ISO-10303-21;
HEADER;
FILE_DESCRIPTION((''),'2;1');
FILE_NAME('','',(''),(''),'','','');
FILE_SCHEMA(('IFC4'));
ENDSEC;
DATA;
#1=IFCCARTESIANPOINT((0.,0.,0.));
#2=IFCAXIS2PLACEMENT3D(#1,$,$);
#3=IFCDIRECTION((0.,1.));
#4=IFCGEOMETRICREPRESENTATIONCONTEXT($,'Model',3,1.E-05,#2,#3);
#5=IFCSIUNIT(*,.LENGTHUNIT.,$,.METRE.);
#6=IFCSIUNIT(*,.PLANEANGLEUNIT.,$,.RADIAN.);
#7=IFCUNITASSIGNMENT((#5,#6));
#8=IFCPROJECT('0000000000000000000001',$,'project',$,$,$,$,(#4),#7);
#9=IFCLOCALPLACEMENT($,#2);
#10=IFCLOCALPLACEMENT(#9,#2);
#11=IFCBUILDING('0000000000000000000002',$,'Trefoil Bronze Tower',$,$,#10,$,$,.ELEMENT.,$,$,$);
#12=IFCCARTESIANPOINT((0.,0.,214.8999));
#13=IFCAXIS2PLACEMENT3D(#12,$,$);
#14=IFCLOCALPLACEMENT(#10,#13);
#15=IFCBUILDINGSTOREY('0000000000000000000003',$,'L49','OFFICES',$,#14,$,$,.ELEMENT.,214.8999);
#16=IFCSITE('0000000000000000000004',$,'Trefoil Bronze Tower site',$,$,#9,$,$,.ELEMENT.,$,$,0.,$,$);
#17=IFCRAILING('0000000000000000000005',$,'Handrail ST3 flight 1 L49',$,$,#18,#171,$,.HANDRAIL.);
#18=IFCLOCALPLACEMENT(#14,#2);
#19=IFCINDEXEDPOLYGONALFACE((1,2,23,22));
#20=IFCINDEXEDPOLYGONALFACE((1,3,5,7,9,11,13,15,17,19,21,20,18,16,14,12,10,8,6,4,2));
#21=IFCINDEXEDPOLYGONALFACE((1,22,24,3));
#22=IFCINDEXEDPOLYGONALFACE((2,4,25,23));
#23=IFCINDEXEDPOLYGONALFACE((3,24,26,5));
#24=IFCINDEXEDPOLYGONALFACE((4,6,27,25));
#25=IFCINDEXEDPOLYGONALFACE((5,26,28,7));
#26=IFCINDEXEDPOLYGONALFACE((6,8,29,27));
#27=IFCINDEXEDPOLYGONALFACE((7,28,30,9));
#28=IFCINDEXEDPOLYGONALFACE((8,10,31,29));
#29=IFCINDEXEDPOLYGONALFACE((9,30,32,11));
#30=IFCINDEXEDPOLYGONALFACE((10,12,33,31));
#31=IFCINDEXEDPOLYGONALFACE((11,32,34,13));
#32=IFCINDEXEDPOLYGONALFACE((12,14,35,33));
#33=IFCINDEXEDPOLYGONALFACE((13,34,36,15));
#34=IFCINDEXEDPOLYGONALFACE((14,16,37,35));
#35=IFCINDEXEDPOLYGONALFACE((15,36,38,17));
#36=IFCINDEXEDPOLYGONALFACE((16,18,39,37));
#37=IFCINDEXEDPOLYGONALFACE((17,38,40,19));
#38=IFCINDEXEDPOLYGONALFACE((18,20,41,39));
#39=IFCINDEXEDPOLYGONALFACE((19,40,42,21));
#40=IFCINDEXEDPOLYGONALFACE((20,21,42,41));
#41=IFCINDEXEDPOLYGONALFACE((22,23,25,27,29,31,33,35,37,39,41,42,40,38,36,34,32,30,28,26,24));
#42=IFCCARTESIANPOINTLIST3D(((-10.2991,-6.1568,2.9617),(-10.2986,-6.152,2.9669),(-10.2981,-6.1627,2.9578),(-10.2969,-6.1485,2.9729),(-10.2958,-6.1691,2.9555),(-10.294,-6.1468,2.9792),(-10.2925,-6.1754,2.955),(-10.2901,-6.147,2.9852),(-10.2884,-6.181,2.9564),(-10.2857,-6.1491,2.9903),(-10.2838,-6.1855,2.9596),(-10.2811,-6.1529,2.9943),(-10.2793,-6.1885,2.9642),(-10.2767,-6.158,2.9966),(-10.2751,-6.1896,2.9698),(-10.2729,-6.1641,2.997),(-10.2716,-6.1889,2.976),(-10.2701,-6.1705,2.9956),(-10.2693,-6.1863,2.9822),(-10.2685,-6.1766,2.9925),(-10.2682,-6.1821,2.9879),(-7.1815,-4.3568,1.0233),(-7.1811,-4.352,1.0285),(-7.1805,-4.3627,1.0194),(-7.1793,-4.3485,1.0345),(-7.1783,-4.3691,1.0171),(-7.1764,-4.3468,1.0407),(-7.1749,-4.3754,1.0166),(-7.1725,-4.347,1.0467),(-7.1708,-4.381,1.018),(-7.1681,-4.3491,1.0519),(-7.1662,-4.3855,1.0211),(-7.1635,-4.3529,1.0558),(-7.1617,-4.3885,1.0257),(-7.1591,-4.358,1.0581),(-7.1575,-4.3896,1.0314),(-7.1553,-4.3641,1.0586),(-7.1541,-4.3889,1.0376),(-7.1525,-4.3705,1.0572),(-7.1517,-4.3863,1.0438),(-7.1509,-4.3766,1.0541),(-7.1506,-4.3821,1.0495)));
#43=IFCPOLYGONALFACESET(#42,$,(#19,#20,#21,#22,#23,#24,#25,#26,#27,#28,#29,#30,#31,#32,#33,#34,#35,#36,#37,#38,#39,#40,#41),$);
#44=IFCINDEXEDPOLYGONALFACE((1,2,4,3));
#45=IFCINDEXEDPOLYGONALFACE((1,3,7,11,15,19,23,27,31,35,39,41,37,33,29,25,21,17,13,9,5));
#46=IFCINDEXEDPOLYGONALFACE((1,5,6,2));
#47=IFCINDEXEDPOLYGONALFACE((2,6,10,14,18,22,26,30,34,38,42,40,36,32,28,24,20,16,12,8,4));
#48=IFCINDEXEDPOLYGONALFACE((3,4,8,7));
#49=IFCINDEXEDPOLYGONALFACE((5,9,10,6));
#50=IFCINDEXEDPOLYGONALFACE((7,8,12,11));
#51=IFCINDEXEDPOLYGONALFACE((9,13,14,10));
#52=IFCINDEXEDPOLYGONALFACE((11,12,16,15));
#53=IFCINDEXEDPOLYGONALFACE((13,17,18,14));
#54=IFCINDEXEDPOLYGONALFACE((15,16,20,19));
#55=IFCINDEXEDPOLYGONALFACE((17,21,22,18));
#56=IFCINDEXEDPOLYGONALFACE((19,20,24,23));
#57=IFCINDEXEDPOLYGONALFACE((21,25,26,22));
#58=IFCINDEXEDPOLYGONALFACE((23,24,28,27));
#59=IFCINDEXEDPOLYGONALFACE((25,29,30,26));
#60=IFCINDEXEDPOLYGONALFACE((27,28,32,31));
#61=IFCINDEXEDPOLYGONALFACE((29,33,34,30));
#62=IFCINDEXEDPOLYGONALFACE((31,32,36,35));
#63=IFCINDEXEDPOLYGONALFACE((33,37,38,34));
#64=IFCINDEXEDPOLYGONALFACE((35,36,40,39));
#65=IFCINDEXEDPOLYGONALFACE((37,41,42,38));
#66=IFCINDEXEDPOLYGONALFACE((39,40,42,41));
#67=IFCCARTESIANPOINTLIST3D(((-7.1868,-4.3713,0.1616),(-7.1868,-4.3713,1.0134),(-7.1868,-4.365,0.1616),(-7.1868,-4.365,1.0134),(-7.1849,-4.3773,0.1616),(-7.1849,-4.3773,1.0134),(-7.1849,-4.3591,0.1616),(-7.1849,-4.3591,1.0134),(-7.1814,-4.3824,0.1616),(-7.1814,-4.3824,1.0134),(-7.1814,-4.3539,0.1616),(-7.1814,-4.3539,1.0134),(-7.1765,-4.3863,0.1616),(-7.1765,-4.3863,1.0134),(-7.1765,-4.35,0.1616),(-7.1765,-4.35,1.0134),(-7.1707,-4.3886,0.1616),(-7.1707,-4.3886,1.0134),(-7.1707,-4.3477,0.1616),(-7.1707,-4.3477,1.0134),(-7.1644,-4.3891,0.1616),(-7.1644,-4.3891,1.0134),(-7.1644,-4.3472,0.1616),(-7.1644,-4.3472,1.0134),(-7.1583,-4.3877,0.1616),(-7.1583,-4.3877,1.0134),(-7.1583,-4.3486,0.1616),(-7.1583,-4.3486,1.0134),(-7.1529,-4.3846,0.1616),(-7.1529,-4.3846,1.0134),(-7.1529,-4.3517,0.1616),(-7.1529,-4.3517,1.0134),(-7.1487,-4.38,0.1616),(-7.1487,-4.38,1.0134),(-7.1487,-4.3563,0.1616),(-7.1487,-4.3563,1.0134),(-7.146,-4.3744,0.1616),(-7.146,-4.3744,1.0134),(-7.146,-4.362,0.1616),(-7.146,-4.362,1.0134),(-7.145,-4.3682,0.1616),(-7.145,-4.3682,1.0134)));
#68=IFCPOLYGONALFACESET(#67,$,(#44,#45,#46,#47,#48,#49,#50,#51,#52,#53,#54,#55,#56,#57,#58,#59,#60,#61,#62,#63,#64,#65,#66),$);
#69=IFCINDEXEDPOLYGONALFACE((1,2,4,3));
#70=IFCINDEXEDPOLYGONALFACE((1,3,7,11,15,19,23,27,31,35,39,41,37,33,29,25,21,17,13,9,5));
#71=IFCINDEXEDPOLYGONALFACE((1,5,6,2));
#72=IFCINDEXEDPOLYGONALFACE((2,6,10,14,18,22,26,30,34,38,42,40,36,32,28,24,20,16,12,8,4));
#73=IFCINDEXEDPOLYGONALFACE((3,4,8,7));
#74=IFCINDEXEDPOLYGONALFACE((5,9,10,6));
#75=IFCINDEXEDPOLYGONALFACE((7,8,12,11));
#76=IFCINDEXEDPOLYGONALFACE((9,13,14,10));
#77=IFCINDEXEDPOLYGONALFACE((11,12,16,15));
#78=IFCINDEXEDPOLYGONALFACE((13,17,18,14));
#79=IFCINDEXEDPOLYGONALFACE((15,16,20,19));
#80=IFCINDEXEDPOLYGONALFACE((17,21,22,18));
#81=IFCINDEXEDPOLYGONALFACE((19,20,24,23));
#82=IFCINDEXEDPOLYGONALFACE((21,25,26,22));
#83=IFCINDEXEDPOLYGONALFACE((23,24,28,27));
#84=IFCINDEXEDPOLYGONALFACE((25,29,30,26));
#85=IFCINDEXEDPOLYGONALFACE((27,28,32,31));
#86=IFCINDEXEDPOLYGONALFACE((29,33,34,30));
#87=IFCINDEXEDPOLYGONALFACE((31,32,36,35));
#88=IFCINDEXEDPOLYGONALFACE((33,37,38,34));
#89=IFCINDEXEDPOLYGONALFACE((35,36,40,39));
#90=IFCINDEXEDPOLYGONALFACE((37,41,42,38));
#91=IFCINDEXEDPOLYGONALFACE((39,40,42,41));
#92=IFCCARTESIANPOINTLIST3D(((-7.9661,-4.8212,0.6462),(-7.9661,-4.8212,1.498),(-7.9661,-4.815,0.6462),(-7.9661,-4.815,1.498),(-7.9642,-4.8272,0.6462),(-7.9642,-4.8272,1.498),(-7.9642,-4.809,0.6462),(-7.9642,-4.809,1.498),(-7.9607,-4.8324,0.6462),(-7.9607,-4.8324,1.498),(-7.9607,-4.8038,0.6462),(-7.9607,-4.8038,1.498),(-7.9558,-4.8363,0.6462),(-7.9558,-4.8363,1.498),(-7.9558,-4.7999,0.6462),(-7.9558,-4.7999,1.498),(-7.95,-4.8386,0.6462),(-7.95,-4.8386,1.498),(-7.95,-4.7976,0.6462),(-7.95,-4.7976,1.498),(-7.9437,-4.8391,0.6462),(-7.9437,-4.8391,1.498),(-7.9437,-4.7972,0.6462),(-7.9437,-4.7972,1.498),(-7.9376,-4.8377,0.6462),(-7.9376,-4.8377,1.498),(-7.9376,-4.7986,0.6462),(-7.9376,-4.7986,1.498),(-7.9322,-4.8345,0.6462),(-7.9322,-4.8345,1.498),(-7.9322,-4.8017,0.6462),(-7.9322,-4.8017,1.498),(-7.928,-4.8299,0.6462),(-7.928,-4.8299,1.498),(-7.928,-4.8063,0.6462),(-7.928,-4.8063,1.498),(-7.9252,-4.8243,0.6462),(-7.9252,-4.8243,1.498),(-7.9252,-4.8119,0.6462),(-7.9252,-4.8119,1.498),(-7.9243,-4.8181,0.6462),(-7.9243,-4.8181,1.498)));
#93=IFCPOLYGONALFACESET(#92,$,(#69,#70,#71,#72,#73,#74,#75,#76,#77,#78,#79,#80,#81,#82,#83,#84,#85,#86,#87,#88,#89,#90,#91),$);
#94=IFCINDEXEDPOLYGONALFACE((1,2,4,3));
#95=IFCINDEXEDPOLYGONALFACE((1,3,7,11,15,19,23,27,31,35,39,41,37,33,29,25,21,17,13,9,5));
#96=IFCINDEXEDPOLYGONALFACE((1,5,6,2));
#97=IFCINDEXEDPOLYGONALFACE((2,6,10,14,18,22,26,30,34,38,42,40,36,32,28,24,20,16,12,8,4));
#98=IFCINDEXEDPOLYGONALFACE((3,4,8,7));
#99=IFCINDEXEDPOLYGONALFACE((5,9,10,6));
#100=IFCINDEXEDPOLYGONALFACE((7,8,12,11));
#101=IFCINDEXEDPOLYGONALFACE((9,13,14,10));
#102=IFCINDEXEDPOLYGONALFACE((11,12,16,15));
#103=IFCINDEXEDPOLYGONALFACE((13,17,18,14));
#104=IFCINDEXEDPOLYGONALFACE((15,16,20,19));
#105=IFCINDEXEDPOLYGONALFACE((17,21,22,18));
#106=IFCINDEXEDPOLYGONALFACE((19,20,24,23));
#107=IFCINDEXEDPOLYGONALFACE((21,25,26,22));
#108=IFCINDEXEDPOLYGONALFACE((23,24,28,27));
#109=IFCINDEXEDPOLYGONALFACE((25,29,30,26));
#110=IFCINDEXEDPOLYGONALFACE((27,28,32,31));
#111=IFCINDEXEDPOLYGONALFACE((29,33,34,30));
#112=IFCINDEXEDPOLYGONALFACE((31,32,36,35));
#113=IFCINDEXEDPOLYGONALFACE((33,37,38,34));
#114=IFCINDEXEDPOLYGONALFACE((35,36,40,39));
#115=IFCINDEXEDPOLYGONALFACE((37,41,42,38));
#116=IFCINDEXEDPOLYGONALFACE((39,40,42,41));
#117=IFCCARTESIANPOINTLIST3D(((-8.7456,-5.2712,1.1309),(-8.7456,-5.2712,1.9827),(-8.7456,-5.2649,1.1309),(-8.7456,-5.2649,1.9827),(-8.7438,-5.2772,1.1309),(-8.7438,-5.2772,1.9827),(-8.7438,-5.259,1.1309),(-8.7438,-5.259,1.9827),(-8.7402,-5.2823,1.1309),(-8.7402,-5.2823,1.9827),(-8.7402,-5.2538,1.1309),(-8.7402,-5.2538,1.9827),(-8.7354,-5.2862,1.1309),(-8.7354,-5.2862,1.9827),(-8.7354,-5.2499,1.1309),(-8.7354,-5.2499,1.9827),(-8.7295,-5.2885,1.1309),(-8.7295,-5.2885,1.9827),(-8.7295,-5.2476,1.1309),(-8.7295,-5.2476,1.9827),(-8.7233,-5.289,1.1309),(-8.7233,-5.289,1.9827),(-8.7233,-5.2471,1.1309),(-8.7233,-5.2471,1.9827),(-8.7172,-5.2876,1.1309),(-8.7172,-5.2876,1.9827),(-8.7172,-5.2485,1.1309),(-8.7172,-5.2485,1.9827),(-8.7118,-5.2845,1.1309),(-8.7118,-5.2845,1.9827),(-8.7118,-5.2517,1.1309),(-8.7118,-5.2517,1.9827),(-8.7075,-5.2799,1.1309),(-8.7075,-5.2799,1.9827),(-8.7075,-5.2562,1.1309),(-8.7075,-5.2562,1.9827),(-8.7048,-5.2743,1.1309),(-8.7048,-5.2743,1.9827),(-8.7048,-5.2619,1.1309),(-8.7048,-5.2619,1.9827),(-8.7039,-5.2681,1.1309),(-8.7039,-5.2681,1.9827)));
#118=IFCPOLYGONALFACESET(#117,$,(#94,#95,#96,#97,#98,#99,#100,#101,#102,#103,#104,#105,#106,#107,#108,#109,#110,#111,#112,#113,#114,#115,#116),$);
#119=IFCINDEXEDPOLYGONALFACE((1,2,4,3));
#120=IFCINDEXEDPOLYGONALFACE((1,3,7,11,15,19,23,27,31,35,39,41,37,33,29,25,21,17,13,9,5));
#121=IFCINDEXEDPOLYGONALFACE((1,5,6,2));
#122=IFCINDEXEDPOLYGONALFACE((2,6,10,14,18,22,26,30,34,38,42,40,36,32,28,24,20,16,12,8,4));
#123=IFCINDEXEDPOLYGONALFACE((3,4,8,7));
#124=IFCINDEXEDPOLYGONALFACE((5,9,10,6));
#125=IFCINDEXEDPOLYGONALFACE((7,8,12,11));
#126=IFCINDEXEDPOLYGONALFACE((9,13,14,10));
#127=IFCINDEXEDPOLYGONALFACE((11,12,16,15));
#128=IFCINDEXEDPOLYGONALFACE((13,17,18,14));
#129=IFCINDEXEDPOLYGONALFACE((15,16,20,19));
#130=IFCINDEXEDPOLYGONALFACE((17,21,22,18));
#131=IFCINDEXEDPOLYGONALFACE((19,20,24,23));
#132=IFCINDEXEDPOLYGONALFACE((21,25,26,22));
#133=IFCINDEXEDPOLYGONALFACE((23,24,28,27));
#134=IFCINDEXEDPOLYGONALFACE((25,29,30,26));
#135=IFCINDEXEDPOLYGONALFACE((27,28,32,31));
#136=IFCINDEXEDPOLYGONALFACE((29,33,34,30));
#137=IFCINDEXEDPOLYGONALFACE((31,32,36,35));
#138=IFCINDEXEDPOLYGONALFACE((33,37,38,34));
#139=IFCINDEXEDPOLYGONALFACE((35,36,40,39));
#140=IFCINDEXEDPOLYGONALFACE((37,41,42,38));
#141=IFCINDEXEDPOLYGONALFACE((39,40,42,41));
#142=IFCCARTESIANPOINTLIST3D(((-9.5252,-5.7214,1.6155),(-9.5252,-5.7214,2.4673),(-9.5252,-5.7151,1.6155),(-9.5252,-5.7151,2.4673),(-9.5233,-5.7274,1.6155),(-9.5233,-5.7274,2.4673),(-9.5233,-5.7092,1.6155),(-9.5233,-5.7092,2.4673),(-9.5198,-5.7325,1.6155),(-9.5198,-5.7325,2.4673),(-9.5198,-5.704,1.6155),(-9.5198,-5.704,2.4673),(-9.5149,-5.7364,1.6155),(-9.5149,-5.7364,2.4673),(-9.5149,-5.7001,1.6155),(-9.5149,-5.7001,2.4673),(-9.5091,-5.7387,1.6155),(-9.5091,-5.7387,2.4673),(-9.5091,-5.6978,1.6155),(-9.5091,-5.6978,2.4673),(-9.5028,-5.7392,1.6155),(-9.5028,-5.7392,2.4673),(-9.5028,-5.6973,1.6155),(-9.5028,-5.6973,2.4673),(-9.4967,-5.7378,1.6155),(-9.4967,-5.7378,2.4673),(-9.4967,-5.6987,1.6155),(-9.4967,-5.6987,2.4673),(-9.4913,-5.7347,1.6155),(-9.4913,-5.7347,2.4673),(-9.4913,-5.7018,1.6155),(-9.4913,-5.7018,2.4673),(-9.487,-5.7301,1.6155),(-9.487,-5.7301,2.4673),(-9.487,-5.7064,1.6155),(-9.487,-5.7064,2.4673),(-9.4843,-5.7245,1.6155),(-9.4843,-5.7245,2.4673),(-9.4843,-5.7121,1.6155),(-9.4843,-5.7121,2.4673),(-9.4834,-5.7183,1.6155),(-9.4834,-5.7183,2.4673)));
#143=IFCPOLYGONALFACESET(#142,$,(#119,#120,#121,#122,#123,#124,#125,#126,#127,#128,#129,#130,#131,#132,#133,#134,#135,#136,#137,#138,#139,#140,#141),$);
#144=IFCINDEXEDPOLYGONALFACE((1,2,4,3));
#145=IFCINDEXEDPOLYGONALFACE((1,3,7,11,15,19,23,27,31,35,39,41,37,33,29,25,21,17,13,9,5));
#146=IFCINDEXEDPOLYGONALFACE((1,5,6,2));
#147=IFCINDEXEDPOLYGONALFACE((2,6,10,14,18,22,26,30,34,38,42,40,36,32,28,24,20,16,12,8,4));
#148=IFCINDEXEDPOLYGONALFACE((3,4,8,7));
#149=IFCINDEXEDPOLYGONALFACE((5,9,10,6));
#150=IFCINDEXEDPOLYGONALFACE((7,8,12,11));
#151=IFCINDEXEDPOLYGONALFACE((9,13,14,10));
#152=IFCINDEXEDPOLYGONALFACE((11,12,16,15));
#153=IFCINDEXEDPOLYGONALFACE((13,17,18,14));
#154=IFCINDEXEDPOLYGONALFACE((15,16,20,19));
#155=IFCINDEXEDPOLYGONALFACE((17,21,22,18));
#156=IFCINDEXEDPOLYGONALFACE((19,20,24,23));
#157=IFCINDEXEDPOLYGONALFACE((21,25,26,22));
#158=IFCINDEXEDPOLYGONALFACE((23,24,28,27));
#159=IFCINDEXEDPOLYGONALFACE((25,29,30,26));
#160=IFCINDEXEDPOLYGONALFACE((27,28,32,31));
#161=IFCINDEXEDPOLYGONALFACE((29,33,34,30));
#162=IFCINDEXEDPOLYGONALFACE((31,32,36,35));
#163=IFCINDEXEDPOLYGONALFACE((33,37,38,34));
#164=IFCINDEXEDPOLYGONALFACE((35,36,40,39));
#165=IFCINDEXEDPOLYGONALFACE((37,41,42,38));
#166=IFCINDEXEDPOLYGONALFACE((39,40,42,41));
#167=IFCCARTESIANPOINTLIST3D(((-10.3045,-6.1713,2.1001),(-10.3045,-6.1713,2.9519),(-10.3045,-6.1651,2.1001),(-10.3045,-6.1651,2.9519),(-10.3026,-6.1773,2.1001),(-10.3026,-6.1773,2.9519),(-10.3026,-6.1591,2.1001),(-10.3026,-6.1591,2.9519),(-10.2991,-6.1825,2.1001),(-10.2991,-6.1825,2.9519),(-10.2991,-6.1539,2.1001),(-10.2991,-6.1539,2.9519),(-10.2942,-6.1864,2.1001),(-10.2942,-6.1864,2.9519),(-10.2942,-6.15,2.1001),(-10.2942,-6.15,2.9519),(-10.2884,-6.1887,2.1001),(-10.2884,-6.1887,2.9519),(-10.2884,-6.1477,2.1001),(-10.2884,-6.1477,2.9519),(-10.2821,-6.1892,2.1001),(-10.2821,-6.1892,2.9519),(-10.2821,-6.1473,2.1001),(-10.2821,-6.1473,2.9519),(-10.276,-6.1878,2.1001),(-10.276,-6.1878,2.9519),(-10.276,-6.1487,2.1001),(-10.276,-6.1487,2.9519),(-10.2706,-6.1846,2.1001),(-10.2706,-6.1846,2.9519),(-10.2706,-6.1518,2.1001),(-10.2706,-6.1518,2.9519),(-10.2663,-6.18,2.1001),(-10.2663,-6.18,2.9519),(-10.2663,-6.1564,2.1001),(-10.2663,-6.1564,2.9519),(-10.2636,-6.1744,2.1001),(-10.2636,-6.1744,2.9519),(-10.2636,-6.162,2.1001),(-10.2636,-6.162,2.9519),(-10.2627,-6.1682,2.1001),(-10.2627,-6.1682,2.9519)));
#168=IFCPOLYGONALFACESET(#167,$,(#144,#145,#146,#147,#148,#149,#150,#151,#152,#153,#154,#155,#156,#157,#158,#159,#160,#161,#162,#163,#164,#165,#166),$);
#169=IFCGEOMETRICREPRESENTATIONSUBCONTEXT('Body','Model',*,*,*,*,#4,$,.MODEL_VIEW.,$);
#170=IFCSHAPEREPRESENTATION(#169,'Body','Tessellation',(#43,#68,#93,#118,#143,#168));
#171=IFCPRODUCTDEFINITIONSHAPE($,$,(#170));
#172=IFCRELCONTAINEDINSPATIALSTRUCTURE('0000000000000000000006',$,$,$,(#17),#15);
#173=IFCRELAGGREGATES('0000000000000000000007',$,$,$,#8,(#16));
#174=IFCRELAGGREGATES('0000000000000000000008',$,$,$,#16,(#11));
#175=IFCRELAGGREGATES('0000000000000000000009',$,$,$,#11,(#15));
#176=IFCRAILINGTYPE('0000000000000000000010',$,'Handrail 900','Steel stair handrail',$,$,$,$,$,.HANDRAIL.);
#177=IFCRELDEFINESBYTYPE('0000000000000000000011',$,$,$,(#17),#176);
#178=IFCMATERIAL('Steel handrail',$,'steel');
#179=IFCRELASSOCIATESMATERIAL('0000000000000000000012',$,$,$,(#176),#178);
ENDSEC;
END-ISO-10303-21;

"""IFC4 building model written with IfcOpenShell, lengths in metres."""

from ifc_helpers import new_model, si_unit, direction, frame, origin, origin_2d, place, context, subcontext, project, spatial, circle, extrude, material, type_object, element, save


model = new_model("IFC4")

# Units and contexts
model_context = context("Model", 3, precision=1e-05, world=origin(), true_north=direction((0.0, 1.0)))
body_context = subcontext(model_context, "Body", "Model", "MODEL_VIEW")
ifc_project = project(units=[si_unit("LENGTHUNIT", "METRE"), si_unit("PLANEANGLEUNIT", "RADIAN")], contexts=[model_context])

# Site, building, storey
site_placement = place(None, origin())
site = spatial("IfcSite", under=ifc_project, at=site_placement, Name="Trefoil Bronze Tower site", CompositionType="ELEMENT", RefElevation=0.0)
building_placement = place(site_placement, origin())
building = spatial("IfcBuilding", under=site, at=building_placement, Name="Trefoil Bronze Tower", CompositionType="ELEMENT")
storey_placement = place(building_placement, frame((0.0, 0.0, 214.8999)))
storey = spatial("IfcBuildingStorey", under=building, at=storey_placement, Name="L49", Description="OFFICES", CompositionType="ELEMENT", Elevation=214.8999)

# Railing
ifc_material_1 = material(Name="Steel handrail", Category="steel")
railing_type = type_object("IfcRailingType", Name="Handrail 900", Description="Steel stair handrail", PredefinedType="HANDRAIL", material=ifc_material_1)
railing_1_placement = place(storey_placement, frame((-7.166, -4.3682, 0.1616)))
element("IfcRailing", 1, at=railing_1_placement, inside=storey, type_object=railing_type, Name="Handrail ST3 flight 1 L49", PredefinedType="HANDRAIL", context=body_context, shape_type="SweptSolid", body=[
    extrude(circle(Radius=0.0239, at=origin_2d()), frame((0.0, 0.0, 0.876), z_axis=(-0.762503, -0.440246, 0.474102), x_axis=(0.500012, -0.866018, 0.0)), (0.0, 0.0, 1.0), 4.0886),
    extrude(circle(Radius=0.021, at=origin_2d()), origin(), (0.0, 0.0, 1.0), 0.8518),
    extrude(circle(Radius=0.021, at=origin_2d()), frame((-0.7793, -0.45, 0.4846)), (0.0, 0.0, 1.0), 0.8518),
    extrude(circle(Radius=0.021, at=origin_2d()), frame((-1.5588, -0.8999, 0.9692)), (0.0, 0.0, 1.0), 0.8518),
    extrude(circle(Radius=0.021, at=origin_2d()), frame((-2.3384, -1.3501, 1.4539)), (0.0, 0.0, 1.0), 0.8518),
    extrude(circle(Radius=0.021, at=origin_2d()), frame((-3.1177, -1.8, 1.9385)), (0.0, 0.0, 1.0), 0.8518),
])

save(model, "model.ifc")
